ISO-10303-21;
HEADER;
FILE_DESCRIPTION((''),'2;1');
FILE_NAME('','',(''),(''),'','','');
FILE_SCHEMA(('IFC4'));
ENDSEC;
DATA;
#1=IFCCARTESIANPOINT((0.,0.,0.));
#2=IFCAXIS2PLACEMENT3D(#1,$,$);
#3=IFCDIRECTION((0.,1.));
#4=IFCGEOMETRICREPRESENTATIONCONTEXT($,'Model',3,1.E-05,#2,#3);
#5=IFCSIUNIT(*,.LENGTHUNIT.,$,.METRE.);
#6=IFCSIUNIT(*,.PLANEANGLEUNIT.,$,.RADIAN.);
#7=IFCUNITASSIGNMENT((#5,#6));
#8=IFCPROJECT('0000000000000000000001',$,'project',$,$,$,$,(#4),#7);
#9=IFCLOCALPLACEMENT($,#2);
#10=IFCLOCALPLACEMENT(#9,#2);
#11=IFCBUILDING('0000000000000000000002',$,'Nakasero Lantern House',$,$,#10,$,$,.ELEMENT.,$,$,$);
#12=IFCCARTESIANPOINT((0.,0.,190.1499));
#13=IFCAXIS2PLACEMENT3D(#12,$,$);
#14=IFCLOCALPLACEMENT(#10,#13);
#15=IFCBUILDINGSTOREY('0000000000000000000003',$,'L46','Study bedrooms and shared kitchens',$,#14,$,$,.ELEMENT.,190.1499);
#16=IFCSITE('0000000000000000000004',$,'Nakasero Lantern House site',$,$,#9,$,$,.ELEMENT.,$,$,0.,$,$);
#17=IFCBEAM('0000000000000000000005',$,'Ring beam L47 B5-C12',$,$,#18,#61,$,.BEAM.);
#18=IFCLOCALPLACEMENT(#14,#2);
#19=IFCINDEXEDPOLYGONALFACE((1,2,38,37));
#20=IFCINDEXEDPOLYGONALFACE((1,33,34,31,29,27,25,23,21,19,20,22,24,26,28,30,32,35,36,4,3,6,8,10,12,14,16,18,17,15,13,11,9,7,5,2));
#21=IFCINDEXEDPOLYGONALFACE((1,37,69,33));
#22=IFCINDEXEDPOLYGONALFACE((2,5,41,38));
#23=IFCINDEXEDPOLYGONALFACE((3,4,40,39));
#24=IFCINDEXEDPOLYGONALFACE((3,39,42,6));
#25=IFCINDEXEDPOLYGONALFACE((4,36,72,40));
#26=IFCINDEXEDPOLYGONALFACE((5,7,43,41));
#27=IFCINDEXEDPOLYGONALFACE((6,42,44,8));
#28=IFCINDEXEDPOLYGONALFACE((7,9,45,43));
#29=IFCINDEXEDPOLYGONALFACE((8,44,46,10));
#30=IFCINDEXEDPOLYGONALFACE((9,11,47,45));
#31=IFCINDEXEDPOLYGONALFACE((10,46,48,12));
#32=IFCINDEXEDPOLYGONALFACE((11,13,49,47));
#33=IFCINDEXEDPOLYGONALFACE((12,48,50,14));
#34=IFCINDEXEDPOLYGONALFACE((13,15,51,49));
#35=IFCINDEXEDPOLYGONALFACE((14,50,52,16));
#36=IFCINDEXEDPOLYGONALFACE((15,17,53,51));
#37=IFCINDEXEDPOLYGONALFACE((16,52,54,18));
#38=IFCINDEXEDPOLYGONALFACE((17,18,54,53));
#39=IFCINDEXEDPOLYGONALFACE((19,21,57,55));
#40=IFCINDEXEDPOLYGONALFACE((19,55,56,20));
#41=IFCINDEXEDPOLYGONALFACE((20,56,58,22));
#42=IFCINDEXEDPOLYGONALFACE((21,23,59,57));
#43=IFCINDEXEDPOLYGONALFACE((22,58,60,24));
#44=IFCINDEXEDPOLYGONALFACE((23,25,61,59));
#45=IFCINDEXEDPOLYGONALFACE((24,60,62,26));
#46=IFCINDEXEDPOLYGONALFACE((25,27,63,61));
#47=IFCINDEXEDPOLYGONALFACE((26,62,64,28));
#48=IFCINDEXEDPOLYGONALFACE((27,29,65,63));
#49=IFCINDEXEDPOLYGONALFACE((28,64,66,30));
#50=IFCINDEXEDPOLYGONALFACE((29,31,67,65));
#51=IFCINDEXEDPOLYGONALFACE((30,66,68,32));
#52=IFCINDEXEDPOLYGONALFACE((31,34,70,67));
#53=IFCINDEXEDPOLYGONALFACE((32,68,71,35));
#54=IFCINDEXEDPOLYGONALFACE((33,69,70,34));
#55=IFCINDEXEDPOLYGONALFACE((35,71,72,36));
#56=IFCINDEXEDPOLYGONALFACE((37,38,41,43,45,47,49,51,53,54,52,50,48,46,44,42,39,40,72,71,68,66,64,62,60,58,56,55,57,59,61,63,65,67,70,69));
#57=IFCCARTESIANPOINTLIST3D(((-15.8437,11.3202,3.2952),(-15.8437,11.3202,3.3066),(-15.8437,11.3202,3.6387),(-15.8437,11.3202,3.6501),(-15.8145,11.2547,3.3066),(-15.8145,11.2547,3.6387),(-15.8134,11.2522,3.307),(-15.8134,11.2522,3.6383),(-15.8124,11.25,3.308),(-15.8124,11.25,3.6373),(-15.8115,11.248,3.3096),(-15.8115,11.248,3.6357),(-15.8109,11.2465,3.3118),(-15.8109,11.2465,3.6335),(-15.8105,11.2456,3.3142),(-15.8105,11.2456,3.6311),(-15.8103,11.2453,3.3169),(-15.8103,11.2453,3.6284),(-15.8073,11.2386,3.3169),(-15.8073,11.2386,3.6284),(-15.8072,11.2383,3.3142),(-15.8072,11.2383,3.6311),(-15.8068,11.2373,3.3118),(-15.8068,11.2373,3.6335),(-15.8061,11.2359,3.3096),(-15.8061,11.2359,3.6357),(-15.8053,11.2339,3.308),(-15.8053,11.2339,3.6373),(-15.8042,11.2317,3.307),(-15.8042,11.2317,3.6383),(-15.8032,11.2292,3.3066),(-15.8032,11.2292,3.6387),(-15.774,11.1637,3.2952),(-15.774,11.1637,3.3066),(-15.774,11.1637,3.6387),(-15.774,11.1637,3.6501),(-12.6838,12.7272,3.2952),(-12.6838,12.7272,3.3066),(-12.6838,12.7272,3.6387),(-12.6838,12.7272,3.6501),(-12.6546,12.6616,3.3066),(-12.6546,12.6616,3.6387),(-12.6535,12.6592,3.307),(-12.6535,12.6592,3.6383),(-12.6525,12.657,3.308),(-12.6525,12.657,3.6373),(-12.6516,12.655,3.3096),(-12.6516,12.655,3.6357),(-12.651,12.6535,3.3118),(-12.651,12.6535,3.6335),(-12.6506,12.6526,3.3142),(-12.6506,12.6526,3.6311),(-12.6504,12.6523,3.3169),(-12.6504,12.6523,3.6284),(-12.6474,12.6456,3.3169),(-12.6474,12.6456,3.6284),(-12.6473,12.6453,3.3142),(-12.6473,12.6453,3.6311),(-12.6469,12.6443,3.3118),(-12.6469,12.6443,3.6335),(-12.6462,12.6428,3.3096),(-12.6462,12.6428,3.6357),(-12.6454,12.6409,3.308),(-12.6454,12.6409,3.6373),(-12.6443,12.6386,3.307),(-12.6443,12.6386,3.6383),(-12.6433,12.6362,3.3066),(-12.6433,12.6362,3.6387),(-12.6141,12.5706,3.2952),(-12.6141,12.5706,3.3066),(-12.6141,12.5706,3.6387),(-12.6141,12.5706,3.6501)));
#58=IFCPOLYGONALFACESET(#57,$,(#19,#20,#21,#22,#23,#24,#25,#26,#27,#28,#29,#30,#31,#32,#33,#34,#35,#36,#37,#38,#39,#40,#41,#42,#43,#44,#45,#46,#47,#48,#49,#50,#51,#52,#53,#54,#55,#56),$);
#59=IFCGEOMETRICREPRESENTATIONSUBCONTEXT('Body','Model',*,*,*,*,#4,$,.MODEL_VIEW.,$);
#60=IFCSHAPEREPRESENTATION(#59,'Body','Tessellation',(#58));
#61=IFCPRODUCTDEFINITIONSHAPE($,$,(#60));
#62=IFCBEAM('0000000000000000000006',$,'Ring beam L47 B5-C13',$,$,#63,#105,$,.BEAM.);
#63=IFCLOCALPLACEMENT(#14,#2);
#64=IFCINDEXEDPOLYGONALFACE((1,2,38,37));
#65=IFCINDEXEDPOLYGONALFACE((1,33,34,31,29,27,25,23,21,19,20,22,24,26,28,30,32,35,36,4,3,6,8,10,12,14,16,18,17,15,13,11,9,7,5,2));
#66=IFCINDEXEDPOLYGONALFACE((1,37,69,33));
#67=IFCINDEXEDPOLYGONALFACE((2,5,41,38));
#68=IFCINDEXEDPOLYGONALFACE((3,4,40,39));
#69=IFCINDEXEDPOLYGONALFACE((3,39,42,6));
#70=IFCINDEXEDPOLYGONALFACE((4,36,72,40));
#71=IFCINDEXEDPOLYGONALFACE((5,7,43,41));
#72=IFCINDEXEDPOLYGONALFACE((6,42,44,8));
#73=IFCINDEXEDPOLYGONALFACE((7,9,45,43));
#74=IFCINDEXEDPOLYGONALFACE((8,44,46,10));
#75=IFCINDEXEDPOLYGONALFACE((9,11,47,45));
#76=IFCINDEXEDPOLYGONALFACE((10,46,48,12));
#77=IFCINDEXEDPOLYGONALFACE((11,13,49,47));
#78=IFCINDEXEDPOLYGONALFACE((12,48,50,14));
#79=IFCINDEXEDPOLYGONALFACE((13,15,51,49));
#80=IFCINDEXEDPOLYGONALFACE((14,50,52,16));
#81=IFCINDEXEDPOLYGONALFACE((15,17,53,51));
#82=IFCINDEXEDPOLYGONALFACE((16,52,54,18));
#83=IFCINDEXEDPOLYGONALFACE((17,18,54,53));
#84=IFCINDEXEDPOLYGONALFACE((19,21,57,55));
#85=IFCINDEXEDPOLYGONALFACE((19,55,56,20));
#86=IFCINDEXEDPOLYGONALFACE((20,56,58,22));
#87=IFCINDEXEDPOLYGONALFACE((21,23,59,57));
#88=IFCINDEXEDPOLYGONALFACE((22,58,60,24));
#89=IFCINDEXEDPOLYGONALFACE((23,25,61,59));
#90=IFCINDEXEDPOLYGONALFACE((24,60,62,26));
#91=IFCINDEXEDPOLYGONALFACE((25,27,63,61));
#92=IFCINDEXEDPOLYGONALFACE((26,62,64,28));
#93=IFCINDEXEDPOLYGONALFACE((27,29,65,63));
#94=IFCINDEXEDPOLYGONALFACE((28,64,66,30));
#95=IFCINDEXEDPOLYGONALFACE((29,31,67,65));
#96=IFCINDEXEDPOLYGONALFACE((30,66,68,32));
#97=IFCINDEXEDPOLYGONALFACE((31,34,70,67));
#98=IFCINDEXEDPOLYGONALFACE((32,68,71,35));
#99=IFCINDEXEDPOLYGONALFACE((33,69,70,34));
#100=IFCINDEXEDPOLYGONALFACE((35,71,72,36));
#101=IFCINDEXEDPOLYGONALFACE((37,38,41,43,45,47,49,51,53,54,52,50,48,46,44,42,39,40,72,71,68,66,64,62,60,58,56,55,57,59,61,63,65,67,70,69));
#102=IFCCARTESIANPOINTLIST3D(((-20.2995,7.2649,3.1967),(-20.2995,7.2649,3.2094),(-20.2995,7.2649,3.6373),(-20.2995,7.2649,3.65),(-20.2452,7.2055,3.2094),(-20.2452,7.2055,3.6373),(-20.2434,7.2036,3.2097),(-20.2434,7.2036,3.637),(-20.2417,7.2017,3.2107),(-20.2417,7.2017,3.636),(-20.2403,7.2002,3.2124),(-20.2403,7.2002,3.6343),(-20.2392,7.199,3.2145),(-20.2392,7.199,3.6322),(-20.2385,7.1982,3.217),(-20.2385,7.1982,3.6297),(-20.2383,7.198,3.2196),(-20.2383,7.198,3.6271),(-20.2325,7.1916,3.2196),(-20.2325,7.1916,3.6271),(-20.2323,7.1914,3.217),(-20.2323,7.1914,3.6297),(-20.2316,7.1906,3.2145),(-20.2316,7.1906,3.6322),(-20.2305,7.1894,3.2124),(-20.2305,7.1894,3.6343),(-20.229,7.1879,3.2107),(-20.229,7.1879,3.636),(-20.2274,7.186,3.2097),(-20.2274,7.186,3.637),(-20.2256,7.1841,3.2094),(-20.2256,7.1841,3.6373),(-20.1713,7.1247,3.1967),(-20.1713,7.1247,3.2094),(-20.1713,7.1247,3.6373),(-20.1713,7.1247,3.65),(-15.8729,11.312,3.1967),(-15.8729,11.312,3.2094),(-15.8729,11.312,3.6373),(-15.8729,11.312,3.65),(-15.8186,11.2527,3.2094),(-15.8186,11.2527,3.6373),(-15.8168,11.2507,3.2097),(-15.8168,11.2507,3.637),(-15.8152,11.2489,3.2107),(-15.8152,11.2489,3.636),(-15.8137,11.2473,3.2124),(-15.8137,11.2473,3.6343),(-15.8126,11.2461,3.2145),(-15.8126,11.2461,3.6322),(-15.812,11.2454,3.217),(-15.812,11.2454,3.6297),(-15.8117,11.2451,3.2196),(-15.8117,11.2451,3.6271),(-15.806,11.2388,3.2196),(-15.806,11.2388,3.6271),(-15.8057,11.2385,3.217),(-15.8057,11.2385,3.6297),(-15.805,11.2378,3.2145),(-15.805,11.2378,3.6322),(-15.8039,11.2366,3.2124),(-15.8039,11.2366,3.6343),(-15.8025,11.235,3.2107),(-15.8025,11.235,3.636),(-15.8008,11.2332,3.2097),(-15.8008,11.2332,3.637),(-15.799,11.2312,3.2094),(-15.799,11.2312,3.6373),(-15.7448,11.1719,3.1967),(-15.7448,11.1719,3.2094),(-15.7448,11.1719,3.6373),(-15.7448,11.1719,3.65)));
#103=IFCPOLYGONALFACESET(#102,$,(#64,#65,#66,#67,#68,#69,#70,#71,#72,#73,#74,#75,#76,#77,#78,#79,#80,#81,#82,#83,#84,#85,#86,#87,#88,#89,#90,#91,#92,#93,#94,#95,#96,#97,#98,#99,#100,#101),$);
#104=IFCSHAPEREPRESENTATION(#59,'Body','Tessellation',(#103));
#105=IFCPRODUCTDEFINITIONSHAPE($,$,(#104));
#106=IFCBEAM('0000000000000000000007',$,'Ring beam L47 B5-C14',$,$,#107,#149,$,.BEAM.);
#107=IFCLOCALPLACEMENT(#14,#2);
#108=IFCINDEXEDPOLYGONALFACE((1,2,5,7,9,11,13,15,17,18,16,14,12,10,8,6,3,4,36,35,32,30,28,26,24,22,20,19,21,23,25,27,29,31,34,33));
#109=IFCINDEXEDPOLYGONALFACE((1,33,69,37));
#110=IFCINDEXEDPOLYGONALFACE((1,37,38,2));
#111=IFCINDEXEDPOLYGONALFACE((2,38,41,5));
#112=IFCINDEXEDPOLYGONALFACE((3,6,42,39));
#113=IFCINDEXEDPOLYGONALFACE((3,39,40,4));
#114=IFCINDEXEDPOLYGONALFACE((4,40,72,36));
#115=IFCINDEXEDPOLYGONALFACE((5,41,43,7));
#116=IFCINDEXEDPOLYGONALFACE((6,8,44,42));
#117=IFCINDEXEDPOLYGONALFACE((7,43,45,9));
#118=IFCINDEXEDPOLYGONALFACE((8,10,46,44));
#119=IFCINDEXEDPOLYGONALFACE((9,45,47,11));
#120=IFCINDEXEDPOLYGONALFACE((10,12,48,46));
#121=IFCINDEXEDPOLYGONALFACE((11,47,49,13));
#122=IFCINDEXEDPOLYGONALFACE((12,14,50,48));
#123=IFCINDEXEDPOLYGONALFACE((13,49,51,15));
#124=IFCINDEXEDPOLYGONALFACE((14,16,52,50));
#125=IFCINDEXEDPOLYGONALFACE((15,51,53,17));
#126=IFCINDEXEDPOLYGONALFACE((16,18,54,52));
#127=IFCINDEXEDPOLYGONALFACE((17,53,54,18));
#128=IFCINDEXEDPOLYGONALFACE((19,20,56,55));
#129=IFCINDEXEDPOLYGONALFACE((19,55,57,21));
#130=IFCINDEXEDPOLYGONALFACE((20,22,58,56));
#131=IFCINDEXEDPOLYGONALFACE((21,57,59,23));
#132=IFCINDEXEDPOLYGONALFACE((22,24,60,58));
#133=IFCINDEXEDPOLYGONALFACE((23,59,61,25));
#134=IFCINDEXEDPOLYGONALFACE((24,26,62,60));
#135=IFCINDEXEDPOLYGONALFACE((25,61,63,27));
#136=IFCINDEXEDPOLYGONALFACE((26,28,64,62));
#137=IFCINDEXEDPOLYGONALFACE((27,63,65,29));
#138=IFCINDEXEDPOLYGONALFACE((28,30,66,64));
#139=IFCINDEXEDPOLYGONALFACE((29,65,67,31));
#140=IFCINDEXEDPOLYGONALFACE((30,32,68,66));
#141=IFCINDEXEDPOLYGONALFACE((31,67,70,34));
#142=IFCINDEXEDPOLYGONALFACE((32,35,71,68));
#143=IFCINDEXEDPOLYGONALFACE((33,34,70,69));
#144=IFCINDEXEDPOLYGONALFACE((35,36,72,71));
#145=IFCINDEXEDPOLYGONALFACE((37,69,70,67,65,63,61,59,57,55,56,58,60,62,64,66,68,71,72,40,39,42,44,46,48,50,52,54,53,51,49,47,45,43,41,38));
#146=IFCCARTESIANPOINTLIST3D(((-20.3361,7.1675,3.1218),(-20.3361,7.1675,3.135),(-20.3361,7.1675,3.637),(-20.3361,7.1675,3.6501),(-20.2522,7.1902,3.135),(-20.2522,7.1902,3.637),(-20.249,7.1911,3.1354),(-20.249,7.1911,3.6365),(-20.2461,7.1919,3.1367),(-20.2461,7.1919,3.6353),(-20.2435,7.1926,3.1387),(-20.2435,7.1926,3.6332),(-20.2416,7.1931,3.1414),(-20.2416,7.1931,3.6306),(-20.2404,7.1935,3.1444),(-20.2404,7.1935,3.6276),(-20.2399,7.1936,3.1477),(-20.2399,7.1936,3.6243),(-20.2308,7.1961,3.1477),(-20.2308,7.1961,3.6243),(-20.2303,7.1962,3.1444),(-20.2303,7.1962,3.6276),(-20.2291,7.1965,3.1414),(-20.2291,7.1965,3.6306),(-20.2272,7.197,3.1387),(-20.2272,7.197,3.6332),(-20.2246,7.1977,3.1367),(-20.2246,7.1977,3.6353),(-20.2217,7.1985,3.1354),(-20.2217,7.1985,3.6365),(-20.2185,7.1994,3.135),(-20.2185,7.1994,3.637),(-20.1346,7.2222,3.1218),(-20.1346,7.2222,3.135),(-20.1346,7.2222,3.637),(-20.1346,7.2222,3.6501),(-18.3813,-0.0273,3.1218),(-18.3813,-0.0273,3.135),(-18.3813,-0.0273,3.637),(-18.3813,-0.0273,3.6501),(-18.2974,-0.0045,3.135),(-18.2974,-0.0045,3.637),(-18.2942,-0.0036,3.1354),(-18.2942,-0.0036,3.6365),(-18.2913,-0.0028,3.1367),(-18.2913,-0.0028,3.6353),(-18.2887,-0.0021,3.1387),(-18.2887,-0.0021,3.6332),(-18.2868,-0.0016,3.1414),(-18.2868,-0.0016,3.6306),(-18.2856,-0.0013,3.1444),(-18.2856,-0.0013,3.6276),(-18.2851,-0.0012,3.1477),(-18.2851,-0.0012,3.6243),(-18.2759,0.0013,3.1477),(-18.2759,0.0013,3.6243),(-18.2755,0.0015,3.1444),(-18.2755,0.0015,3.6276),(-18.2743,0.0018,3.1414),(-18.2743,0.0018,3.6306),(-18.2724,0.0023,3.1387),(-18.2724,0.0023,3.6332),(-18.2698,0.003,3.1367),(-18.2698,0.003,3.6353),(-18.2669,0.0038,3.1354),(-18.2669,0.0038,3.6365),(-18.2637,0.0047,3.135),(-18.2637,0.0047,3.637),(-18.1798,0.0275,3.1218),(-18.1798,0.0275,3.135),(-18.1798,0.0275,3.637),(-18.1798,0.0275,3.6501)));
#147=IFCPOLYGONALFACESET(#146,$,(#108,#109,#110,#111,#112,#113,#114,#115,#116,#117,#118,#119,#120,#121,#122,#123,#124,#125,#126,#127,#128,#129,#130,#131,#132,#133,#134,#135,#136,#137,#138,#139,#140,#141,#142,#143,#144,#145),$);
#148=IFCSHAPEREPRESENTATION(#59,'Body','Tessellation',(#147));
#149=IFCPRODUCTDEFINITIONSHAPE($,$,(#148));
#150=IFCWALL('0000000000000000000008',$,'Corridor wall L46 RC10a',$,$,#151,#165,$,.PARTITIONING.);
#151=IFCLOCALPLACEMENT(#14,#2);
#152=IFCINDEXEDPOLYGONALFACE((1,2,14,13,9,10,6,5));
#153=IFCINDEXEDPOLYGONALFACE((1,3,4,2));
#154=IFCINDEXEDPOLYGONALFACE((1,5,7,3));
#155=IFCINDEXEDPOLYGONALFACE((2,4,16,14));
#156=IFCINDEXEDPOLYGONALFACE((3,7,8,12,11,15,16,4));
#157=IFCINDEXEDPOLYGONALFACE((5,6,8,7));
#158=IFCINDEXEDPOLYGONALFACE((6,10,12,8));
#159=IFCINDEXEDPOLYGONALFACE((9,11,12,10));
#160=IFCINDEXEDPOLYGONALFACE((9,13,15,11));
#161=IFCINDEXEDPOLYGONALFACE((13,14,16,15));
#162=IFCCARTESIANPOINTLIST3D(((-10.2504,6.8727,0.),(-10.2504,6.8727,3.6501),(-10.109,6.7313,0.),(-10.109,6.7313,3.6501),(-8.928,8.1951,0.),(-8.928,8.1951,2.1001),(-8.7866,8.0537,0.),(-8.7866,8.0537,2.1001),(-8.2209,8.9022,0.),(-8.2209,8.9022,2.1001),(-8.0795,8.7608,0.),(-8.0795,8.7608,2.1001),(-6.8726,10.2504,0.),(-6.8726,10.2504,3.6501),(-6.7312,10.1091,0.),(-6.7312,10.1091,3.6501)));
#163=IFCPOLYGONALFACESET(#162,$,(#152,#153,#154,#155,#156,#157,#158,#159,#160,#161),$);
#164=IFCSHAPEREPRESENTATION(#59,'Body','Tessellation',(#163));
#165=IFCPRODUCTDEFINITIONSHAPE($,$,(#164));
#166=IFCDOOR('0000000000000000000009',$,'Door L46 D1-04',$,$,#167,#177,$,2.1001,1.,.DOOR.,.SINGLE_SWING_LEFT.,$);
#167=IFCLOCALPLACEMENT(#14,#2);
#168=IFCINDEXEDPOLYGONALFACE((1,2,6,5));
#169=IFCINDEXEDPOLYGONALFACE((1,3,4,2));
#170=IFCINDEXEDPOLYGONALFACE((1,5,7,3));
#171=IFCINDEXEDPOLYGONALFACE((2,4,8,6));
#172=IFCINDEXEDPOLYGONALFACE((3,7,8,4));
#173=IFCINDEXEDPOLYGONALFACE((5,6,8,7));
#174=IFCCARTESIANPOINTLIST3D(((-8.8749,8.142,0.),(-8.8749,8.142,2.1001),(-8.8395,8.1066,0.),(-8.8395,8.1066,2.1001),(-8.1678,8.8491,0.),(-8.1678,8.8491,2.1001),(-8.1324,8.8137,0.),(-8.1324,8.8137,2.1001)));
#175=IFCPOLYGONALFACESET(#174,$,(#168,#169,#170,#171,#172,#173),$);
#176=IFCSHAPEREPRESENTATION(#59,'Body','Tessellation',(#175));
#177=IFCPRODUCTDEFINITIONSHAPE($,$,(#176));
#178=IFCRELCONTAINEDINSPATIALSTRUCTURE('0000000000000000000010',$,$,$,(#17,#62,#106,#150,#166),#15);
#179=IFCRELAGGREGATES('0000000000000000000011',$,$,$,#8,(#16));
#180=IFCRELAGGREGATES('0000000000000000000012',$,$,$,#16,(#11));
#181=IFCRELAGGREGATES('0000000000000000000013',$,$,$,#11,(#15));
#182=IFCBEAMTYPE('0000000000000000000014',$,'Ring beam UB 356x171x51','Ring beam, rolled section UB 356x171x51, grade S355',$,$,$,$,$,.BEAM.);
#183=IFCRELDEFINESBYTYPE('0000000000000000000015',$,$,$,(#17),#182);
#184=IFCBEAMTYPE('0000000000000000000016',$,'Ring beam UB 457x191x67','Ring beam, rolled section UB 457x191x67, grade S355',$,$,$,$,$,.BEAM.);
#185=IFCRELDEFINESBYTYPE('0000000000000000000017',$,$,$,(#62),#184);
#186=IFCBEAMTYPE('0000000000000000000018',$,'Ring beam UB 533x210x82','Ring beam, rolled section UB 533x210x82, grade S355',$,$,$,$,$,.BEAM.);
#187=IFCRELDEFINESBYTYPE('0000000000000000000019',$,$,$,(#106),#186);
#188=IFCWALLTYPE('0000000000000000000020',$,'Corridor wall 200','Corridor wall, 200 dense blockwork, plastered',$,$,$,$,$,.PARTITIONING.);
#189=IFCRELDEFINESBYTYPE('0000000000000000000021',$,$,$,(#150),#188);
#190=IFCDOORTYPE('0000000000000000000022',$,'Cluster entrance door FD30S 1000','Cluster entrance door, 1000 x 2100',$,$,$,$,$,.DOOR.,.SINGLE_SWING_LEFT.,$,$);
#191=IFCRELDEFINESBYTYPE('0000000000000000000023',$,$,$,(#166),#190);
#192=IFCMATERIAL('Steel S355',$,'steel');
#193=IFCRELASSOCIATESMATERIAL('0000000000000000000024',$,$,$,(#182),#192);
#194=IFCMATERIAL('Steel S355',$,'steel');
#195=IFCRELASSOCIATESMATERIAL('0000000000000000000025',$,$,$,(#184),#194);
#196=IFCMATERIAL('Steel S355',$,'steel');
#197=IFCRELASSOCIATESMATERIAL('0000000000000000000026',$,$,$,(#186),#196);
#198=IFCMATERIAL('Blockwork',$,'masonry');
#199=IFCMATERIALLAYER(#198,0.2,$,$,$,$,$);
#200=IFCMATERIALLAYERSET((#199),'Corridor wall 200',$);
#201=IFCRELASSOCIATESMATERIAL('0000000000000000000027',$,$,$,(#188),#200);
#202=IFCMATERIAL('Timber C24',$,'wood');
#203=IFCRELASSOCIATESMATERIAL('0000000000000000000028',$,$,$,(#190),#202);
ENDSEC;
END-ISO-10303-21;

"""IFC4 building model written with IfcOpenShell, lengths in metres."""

from ifc_helpers import new_model, si_unit, direction, frame, frame_2d, origin, origin_2d, place, context, subcontext, project, spatial, rectangle, i_section, extrude, material, layer, layer_set, material_profile, profile_set, type_object, element, fill, save


model = new_model("IFC4")

# Units and contexts
model_context = context("Model", 3, precision=1e-05, world=origin(), true_north=direction((0.0, 1.0)))
body_context = subcontext(model_context, "Body", "Model", "MODEL_VIEW")
ifc_project = project(units=[si_unit("LENGTHUNIT", "METRE"), si_unit("PLANEANGLEUNIT", "RADIAN")], contexts=[model_context])

# Site, building, storey
site_placement = place(None, origin())
site = spatial("IfcSite", under=ifc_project, at=site_placement, Name="Nakasero Lantern House site", CompositionType="ELEMENT", RefElevation=0.0)
building_placement = place(site_placement, origin())
building = spatial("IfcBuilding", under=site, at=building_placement, Name="Nakasero Lantern House", CompositionType="ELEMENT")
storey_placement = place(building_placement, frame((0.0, 0.0, 190.1499)))
storey = spatial("IfcBuildingStorey", under=building, at=storey_placement, Name="L46", Description="Study bedrooms and shared kitchens", CompositionType="ELEMENT", Elevation=190.1499)

# Beams
ifc_material_1 = material(Name="Steel S355", Category="steel")
ifc_material_profile_1 = material_profile(ifc_material_1, i_section(OverallWidth=0.1714, OverallDepth=0.355, WebThickness=0.0073, FlangeThickness=0.0115, FilletRadius=0.0103, at=origin_2d()), Name="UB 356x171x51")
ifc_profile_set_1 = profile_set([ifc_material_profile_1], Name="Steel S355")
beam_type_1 = type_object("IfcBeamType", Name="Ring beam UB 356x171x51", Description="Ring beam, rolled section UB 356x171x51, grade S355", PredefinedType="BEAM", material=ifc_profile_set_1)
beam_1_placement = place(storey_placement, frame((-12.6489, 12.6489, 3.4727), z_axis=(-0.913535, -0.406761, 0.0), x_axis=(0.406761, -0.913535, 0.0)))
element("IfcBeam", 1, at=beam_1_placement, inside=storey, type_object=beam_type_1, Name="Ring beam L47 B5-C12", PredefinedType="BEAM", context=body_context, shape_type="SweptSolid", body=[
    extrude(i_section(OverallWidth=0.1714, OverallDepth=0.355, WebThickness=0.0073, FlangeThickness=0.0115, FilletRadius=0.0103, at=origin_2d()), origin(), (0.0, 0.0, 1.0), 3.459),
])
ifc_material_2 = material(Name="Steel S355", Category="steel")
ifc_material_profile_2 = material_profile(ifc_material_2, i_section(OverallWidth=0.1899, OverallDepth=0.4534, WebThickness=0.0085, FlangeThickness=0.0127, FilletRadius=0.0103, at=origin_2d()), Name="UB 457x191x67")
ifc_profile_set_2 = profile_set([ifc_material_profile_2], Name="Steel S355")
beam_type_2 = type_object("IfcBeamType", Name="Ring beam UB 457x191x67", Description="Ring beam, rolled section UB 457x191x67, grade S355", PredefinedType="BEAM", material=ifc_profile_set_2)
beam_2_placement = place(storey_placement, frame((-15.8088, 11.2419, 3.4233), z_axis=(-0.738027, -0.674771, 0.0), x_axis=(0.674771, -0.738027, 0.0)))
element("IfcBeam", 2, at=beam_2_placement, inside=storey, type_object=beam_type_2, Name="Ring beam L47 B5-C13", PredefinedType="BEAM", context=body_context, shape_type="SweptSolid", body=[
    extrude(i_section(OverallWidth=0.1899, OverallDepth=0.4534, WebThickness=0.0085, FlangeThickness=0.0127, FilletRadius=0.0103, at=origin_2d()), origin(), (0.0, 0.0, 1.0), 5.9978),
])
ifc_material_3 = material(Name="Steel S355", Category="steel")
ifc_material_profile_3 = material_profile(ifc_material_3, i_section(OverallWidth=0.2087, OverallDepth=0.5283, WebThickness=0.0095, FlangeThickness=0.0132, FilletRadius=0.0127, at=origin_2d()), Name="UB 533x210x82")
ifc_profile_set_3 = profile_set([ifc_material_profile_3], Name="Steel S355")
beam_type_3 = type_object("IfcBeamType", Name="Ring beam UB 533x210x82", Description="Ring beam, rolled section UB 533x210x82, grade S355", PredefinedType="BEAM", material=ifc_profile_set_3)
beam_3_placement = place(storey_placement, frame((-20.2354, 7.1948, 3.386), z_axis=(0.262195, -0.965015, 0.0), x_axis=(0.965015, 0.262195, 0.0)))
element("IfcBeam", 3, at=beam_3_placement, inside=storey, type_object=beam_type_3, Name="Ring beam L47 B5-C14", PredefinedType="BEAM", context=body_context, shape_type="SweptSolid", body=[
    extrude(i_section(OverallWidth=0.2087, OverallDepth=0.5283, WebThickness=0.0095, FlangeThickness=0.0132, FilletRadius=0.0127, at=origin_2d()), origin(), (0.0, 0.0, 1.0), 7.4556),
])

# Wall, opening, door
ifc_material_4 = material(Name="Blockwork", Category="masonry")
ifc_layer_1 = layer(ifc_material_4, 0.2)
ifc_layer_set_1 = layer_set([ifc_layer_1], Name="Corridor wall 200")
wall_type_1 = type_object("IfcWallType", Name="Corridor wall 200", Description="Corridor wall, 200 dense blockwork, plastered", PredefinedType="PARTITIONING", material=ifc_layer_set_1)
wall_1_placement = place(storey_placement, frame((-10.1797, 6.802, 0.0), z_axis=(0.0, 0.0, 1.0), x_axis=(0.707107, 0.707107, 0.0)))
wall_1 = element("IfcWall", 4, at=wall_1_placement, inside=storey, type_object=wall_type_1, Name="Corridor wall L46 RC10a", PredefinedType="PARTITIONING", context=body_context, shape_type="SweptSolid", body=[
    extrude(rectangle(XDim=4.7769, YDim=0.2, at=frame_2d((2.3884, 0.0))), origin(), (0.0, 0.0, 1.0), 3.6501),
])
opening_1_placement = place(wall_1_placement, frame((1.8701, 0.0, 0.0)))
opening_1 = element("IfcOpeningElement", 5, at=opening_1_placement, cuts=wall_1, PredefinedType="OPENING", context=body_context, shape_type="SweptSolid", body=[
    extrude(rectangle(XDim=1.0, YDim=2.1001, at=frame_2d((0.5, 1.05))), frame((0.0, 0.1199, 0.0), z_axis=(0.0, -1.0, 0.0), x_axis=(1.0, 0.0, 0.0)), (0.0, 0.0, 1.0), 0.24),
])
ifc_material_5 = material(Name="Timber C24", Category="wood")
door_type_1 = type_object("IfcDoorType", Name="Cluster entrance door FD30S 1000", Description="Cluster entrance door, 1000 x 2100", OperationType="SINGLE_SWING_LEFT", PredefinedType="DOOR", material=ifc_material_5)
door_1_placement = place(opening_1_placement, origin())
door_1 = element("IfcDoor", 6, at=door_1_placement, inside=storey, type_object=door_type_1, Name="Door L46 D1-04", OperationType="SINGLE_SWING_LEFT", OverallHeight=2.1001, OverallWidth=1.0, PredefinedType="DOOR", context=body_context, shape_type="SweptSolid", body=[
    extrude(rectangle(XDim=1.0, YDim=2.1001, at=frame_2d((0.5, 1.05))), frame((0.0, 0.0249, 0.0), z_axis=(0.0, -1.0, 0.0), x_axis=(1.0, 0.0, 0.0)), (0.0, 0.0, 1.0), 0.05),
])
fill(opening_1, door_1)

save(model, "model.ifc")
